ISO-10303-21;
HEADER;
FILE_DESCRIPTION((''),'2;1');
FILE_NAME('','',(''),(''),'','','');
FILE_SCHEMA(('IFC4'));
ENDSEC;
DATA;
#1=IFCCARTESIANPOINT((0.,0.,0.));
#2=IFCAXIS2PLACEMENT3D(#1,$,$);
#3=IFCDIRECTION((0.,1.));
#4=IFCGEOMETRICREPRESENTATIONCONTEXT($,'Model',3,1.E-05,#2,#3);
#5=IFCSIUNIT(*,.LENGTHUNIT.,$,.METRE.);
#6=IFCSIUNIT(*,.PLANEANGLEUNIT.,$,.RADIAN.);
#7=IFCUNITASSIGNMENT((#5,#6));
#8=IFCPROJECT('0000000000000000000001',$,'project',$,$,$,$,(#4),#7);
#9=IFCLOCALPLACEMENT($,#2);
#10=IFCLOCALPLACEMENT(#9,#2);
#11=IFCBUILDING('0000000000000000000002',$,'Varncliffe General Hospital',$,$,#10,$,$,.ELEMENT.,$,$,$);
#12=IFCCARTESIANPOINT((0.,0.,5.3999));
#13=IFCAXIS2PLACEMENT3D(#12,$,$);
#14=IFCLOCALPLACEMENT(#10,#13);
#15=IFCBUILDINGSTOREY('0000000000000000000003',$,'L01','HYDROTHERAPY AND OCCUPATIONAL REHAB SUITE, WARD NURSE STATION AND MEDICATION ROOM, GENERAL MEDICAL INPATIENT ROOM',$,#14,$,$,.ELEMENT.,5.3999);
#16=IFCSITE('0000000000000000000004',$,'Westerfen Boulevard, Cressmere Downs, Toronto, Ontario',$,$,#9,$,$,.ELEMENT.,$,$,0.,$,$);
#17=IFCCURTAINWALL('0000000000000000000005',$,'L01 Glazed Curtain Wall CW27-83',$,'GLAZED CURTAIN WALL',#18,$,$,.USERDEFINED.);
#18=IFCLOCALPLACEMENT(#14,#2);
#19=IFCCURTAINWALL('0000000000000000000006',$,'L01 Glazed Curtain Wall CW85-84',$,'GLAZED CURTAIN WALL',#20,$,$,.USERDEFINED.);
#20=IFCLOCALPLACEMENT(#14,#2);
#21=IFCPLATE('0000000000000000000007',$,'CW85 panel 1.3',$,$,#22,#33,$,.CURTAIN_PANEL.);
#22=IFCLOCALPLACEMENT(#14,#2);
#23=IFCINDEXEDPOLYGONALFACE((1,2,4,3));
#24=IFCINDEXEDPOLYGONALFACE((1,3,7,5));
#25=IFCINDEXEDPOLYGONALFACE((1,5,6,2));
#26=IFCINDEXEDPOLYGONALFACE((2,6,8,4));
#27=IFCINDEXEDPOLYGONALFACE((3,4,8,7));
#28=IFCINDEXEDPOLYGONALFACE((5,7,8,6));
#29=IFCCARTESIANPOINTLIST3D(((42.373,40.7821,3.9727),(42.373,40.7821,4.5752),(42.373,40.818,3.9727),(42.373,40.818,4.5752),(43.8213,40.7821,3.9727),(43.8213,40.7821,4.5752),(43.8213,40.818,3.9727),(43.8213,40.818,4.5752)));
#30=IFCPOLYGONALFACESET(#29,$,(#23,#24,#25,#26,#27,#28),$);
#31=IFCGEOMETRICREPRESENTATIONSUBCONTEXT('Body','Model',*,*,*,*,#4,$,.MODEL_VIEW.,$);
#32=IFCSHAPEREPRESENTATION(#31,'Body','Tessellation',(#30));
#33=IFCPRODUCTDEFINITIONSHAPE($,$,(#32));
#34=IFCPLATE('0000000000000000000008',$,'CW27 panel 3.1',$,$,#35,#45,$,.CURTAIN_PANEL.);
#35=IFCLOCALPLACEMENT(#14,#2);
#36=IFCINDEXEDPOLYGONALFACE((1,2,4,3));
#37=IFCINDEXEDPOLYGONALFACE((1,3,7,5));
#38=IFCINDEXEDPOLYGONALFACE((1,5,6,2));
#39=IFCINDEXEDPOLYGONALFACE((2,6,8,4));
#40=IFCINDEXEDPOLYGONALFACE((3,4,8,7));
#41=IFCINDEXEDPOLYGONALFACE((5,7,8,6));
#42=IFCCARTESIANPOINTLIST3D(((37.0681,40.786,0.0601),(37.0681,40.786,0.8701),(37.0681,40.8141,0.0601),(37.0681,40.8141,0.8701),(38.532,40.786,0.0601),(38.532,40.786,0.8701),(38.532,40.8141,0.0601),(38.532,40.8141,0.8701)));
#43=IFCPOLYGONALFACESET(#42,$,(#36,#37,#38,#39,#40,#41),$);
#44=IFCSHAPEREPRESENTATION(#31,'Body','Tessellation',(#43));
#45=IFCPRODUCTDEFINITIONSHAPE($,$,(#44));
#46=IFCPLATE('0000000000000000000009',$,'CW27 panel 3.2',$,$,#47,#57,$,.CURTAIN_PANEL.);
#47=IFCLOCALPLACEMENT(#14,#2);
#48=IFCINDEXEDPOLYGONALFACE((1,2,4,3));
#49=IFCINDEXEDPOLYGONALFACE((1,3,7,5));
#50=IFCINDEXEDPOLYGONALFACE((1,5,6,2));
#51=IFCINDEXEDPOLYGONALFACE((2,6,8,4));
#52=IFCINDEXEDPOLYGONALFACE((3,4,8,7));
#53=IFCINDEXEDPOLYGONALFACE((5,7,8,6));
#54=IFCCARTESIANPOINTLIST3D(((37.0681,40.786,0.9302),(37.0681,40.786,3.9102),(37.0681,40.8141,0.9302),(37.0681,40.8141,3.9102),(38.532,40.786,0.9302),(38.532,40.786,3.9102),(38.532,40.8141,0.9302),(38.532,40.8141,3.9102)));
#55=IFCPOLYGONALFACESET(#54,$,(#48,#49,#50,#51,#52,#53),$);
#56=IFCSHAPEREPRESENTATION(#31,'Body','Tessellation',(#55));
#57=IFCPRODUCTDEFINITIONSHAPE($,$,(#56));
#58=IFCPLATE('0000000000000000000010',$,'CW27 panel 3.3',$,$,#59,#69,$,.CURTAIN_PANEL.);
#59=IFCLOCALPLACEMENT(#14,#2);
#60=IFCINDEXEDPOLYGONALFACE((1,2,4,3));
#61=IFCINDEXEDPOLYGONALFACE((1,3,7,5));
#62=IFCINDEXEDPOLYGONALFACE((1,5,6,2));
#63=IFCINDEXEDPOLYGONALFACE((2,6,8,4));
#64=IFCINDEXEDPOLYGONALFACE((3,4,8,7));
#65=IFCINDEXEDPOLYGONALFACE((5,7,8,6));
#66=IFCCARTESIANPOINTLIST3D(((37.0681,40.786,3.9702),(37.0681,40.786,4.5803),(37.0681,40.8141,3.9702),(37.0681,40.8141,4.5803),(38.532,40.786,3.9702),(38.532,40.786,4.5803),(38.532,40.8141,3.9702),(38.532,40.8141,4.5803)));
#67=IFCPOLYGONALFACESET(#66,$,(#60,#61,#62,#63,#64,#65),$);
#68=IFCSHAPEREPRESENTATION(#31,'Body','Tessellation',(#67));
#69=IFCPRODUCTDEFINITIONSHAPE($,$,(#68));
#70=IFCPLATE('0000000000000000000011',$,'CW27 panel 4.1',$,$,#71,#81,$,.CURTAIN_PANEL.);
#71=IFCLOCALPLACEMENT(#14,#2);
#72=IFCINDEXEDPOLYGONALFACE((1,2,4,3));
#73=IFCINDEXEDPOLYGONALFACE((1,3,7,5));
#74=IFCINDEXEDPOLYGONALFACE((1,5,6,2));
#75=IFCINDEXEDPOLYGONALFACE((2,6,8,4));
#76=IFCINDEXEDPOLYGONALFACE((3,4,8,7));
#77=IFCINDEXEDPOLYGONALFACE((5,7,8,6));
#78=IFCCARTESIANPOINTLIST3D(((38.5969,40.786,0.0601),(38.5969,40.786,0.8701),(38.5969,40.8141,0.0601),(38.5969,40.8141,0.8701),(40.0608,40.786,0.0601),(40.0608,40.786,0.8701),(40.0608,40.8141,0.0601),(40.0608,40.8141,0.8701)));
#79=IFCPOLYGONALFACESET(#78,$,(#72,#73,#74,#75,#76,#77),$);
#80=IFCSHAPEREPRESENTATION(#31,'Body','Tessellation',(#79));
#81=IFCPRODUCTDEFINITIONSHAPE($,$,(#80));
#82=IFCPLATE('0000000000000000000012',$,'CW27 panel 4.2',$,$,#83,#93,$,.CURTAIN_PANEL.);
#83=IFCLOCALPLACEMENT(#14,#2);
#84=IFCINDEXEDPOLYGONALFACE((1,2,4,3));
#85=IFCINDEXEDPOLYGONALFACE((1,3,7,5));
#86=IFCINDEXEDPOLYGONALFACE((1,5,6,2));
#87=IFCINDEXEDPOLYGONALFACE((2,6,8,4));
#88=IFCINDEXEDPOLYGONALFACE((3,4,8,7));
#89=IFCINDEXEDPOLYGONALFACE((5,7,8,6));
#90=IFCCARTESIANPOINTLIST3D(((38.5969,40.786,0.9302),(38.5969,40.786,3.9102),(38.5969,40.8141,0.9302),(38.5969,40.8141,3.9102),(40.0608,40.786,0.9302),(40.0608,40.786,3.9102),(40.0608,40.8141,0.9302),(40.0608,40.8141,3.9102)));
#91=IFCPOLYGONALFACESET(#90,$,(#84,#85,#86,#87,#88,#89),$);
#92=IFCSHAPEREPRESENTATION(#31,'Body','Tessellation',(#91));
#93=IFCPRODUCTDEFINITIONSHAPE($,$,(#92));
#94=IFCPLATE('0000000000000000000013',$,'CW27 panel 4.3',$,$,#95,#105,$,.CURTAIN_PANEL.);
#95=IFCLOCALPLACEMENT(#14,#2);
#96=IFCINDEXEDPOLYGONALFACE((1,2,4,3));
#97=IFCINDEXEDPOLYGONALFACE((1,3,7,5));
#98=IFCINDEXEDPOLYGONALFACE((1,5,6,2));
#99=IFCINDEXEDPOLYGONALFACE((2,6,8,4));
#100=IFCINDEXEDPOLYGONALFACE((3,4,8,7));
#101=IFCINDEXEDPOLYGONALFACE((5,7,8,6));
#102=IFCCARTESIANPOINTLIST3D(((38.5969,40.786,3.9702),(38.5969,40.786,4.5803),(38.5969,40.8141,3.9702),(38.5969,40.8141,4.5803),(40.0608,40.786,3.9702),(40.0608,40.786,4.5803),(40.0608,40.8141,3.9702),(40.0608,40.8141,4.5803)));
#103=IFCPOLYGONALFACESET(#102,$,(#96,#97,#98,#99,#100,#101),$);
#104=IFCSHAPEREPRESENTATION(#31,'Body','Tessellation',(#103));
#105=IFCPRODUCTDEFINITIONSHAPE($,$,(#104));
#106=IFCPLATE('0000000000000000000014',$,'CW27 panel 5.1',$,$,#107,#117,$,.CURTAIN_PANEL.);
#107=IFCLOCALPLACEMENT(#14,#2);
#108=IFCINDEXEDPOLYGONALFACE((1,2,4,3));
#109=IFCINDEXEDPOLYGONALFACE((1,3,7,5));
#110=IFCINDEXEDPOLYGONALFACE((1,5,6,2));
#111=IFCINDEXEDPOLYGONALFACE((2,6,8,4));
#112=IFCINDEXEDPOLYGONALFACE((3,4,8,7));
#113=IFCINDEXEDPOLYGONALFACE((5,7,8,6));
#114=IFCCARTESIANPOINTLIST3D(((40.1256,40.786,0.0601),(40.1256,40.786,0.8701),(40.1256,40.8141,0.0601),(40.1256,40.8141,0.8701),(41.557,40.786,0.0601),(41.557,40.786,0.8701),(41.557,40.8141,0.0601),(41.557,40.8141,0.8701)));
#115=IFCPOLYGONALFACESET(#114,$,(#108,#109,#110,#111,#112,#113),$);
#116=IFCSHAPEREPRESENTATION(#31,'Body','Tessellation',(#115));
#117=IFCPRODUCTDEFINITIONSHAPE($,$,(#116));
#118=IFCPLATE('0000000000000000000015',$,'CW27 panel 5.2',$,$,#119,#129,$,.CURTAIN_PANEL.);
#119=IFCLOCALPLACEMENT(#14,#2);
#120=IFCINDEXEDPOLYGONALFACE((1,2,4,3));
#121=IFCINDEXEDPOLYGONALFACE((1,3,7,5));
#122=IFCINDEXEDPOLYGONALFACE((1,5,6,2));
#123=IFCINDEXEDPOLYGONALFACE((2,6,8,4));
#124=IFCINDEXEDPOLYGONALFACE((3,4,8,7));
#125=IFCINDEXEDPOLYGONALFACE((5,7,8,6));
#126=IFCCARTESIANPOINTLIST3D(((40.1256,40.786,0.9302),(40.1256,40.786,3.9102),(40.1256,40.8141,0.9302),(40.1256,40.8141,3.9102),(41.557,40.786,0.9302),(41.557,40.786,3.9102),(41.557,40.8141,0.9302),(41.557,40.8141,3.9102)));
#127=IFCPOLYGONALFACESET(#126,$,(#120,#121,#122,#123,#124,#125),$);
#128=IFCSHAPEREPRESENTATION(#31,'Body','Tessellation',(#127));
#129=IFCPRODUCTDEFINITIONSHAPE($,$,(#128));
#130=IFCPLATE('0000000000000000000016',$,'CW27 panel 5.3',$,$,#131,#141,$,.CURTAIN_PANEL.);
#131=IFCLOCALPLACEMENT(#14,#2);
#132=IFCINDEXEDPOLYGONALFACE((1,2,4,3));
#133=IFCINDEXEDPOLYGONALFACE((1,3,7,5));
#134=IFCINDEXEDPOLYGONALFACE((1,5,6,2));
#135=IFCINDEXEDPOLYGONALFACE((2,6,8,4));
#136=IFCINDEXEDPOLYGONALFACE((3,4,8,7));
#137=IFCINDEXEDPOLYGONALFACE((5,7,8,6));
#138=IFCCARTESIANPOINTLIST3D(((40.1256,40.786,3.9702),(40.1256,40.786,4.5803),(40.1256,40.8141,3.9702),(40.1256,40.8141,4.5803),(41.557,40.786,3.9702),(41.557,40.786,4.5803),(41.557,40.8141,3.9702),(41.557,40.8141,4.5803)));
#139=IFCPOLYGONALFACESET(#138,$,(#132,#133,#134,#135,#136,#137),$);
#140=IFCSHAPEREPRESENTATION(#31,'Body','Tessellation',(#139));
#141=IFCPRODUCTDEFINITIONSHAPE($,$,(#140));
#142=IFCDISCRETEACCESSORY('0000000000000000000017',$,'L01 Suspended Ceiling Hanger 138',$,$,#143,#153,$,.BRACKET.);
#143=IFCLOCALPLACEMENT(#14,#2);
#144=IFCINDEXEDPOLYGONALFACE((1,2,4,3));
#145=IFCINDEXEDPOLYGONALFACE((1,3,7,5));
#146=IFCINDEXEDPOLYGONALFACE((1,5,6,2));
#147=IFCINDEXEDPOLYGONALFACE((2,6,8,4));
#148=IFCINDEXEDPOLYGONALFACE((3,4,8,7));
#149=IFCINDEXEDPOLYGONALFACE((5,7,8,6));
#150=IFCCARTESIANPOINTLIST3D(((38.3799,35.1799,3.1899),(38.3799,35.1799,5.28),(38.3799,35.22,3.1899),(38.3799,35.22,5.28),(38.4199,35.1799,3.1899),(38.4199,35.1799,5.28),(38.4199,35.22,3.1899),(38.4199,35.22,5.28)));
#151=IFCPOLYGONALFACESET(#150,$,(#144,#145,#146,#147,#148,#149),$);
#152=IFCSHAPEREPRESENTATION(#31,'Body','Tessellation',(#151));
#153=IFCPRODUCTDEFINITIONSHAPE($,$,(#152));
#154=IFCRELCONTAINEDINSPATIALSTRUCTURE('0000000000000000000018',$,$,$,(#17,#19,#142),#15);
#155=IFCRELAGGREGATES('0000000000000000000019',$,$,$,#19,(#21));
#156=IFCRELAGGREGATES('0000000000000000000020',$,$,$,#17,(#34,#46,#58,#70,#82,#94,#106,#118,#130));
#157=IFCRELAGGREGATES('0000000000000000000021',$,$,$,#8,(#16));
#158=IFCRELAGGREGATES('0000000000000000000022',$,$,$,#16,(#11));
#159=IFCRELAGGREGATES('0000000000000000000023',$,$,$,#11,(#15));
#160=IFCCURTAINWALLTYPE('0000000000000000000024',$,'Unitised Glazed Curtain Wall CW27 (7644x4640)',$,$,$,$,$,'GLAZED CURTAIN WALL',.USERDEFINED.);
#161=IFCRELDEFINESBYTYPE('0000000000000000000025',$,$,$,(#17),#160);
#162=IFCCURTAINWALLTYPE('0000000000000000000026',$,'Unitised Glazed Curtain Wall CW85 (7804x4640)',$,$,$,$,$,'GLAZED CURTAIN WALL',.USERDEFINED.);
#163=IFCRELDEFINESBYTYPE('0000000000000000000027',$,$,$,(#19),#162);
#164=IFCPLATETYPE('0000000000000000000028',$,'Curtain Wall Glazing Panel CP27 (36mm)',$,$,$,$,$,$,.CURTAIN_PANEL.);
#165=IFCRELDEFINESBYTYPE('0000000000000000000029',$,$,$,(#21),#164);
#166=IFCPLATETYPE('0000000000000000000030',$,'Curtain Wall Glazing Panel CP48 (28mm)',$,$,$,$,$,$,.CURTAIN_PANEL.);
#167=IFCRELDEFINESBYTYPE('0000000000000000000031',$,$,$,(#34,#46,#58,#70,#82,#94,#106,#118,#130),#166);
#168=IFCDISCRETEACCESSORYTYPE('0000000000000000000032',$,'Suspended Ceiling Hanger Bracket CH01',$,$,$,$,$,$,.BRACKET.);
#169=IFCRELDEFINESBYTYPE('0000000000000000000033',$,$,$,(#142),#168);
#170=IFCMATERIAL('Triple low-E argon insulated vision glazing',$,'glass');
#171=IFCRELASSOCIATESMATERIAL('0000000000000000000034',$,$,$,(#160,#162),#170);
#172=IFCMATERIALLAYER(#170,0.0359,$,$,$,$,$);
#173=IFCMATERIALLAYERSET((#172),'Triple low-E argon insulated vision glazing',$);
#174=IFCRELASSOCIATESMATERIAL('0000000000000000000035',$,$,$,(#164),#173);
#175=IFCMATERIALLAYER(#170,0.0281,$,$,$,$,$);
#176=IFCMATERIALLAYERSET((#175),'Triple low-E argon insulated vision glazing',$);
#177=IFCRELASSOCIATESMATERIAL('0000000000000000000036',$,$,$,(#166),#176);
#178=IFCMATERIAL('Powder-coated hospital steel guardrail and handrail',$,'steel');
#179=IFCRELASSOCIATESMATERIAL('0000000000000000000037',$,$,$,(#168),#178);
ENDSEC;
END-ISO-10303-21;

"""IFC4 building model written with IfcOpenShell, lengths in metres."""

from ifc_helpers import new_model, si_unit, direction, frame, origin, origin_2d, place, context, subcontext, project, spatial, rectangle, extrude, material, layer, layer_set, type_object, element, aggregate, save


model = new_model("IFC4")

# Units and contexts
model_context = context("Model", 3, precision=1e-05, world=origin(), true_north=direction((0.0, 1.0)))
body_context = subcontext(model_context, "Body", "Model", "MODEL_VIEW")
ifc_project = project(units=[si_unit("LENGTHUNIT", "METRE"), si_unit("PLANEANGLEUNIT", "RADIAN")], contexts=[model_context])

# Site, building, storey
site_placement = place(None, origin())
site = spatial("IfcSite", under=ifc_project, at=site_placement, Name="Westerfen Boulevard, Cressmere Downs, Toronto, Ontario", CompositionType="ELEMENT", RefElevation=0.0)
building_placement = place(site_placement, origin())
building = spatial("IfcBuilding", under=site, at=building_placement, Name="Varncliffe General Hospital", CompositionType="ELEMENT")
storey_placement = place(building_placement, frame((0.0, 0.0, 5.3999)))
storey = spatial("IfcBuildingStorey", under=building, at=storey_placement, Name="L01", Description="HYDROTHERAPY AND OCCUPATIONAL REHAB SUITE, WARD NURSE STATION AND MEDICATION ROOM, GENERAL MEDICAL INPATIENT ROOM", CompositionType="ELEMENT", Elevation=5.3999)

# Curtain walls
ifc_material_1 = material(Name="Triple low-E argon insulated vision glazing", Category="glass")
curtain_wall_type_1 = type_object("IfcCurtainWallType", Name="Unitised Glazed Curtain Wall CW27 (7644x4640)", ElementType="GLAZED CURTAIN WALL", PredefinedType="USERDEFINED", material=ifc_material_1)
curtain_wall_1_placement = place(storey_placement, origin())
curtain_wall_1 = element("IfcCurtainWall", 1, at=curtain_wall_1_placement, inside=storey, type_object=curtain_wall_type_1, Name="L01 Glazed Curtain Wall CW27-83", ObjectType="GLAZED CURTAIN WALL", PredefinedType="USERDEFINED")
curtain_wall_type_2 = type_object("IfcCurtainWallType", Name="Unitised Glazed Curtain Wall CW85 (7804x4640)", ElementType="GLAZED CURTAIN WALL", PredefinedType="USERDEFINED", material=ifc_material_1)
curtain_wall_2_placement = place(storey_placement, origin())
curtain_wall_2 = element("IfcCurtainWall", 2, at=curtain_wall_2_placement, inside=storey, type_object=curtain_wall_type_2, Name="L01 Glazed Curtain Wall CW85-84", ObjectType="GLAZED CURTAIN WALL", PredefinedType="USERDEFINED")

# Plates
ifc_layer_1 = layer(ifc_material_1, 0.0359)
ifc_layer_set_1 = layer_set([ifc_layer_1], Name="Triple low-E argon insulated vision glazing")
plate_type_1 = type_object("IfcPlateType", Name="Curtain Wall Glazing Panel CP27 (36mm)", PredefinedType="CURTAIN_PANEL", material=ifc_layer_set_1)
plate_1_placement = place(storey_placement, frame((43.0972, 40.8, 3.9727), z_axis=(0.0, 0.0, 1.0), x_axis=(1.0, 0.0, 0.0)))
plate_1 = element("IfcPlate", 3, at=plate_1_placement, type_object=plate_type_1, Name="CW85 panel 1.3", PredefinedType="CURTAIN_PANEL", context=body_context, shape_type="SweptSolid", body=[
    extrude(rectangle(XDim=1.4482, YDim=0.0359, at=origin_2d()), origin(), (0.0, 0.0, 1.0), 0.6025),
])
aggregate(curtain_wall_2, [plate_1])
ifc_layer_2 = layer(ifc_material_1, 0.0281)
ifc_layer_set_2 = layer_set([ifc_layer_2], Name="Triple low-E argon insulated vision glazing")
plate_type_2 = type_object("IfcPlateType", Name="Curtain Wall Glazing Panel CP48 (28mm)", PredefinedType="CURTAIN_PANEL", material=ifc_layer_set_2)
plate_2_placement = place(storey_placement, frame((37.8, 40.8, 0.0601), z_axis=(0.0, 0.0, 1.0), x_axis=(1.0, 0.0, 0.0)))
plate_2 = element("IfcPlate", 4, at=plate_2_placement, type_object=plate_type_2, Name="CW27 panel 3.1", PredefinedType="CURTAIN_PANEL", context=body_context, shape_type="SweptSolid", body=[
    extrude(rectangle(XDim=1.4639, YDim=0.0281, at=origin_2d()), origin(), (0.0, 0.0, 1.0), 0.8101),
])
plate_3_placement = place(storey_placement, frame((37.8, 40.8, 0.9302), z_axis=(0.0, 0.0, 1.0), x_axis=(1.0, 0.0, 0.0)))
plate_3 = element("IfcPlate", 5, at=plate_3_placement, type_object=plate_type_2, Name="CW27 panel 3.2", PredefinedType="CURTAIN_PANEL", context=body_context, shape_type="SweptSolid", body=[
    extrude(rectangle(XDim=1.4639, YDim=0.0281, at=origin_2d()), origin(), (0.0, 0.0, 1.0), 2.98),
])
plate_4_placement = place(storey_placement, frame((37.8, 40.8, 3.9702), z_axis=(0.0, 0.0, 1.0), x_axis=(1.0, 0.0, 0.0)))
plate_4 = element("IfcPlate", 6, at=plate_4_placement, type_object=plate_type_2, Name="CW27 panel 3.3", PredefinedType="CURTAIN_PANEL", context=body_context, shape_type="SweptSolid", body=[
    extrude(rectangle(XDim=1.4639, YDim=0.0281, at=origin_2d()), origin(), (0.0, 0.0, 1.0), 0.6101),
])
plate_5_placement = place(storey_placement, frame((39.3289, 40.8, 0.0601), z_axis=(0.0, 0.0, 1.0), x_axis=(1.0, 0.0, 0.0)))
plate_5 = element("IfcPlate", 7, at=plate_5_placement, type_object=plate_type_2, Name="CW27 panel 4.1", PredefinedType="CURTAIN_PANEL", context=body_context, shape_type="SweptSolid", body=[
    extrude(rectangle(XDim=1.4639, YDim=0.0281, at=origin_2d()), origin(), (0.0, 0.0, 1.0), 0.8101),
])
plate_6_placement = place(storey_placement, frame((39.3289, 40.8, 0.9302), z_axis=(0.0, 0.0, 1.0), x_axis=(1.0, 0.0, 0.0)))
plate_6 = element("IfcPlate", 8, at=plate_6_placement, type_object=plate_type_2, Name="CW27 panel 4.2", PredefinedType="CURTAIN_PANEL", context=body_context, shape_type="SweptSolid", body=[
    extrude(rectangle(XDim=1.4639, YDim=0.0281, at=origin_2d()), origin(), (0.0, 0.0, 1.0), 2.98),
])
plate_7_placement = place(storey_placement, frame((39.3289, 40.8, 3.9702), z_axis=(0.0, 0.0, 1.0), x_axis=(1.0, 0.0, 0.0)))
plate_7 = element("IfcPlate", 9, at=plate_7_placement, type_object=plate_type_2, Name="CW27 panel 4.3", PredefinedType="CURTAIN_PANEL", context=body_context, shape_type="SweptSolid", body=[
    extrude(rectangle(XDim=1.4639, YDim=0.0281, at=origin_2d()), origin(), (0.0, 0.0, 1.0), 0.6101),
])
plate_8_placement = place(storey_placement, frame((40.8413, 40.8, 0.0601), z_axis=(0.0, 0.0, 1.0), x_axis=(1.0, 0.0, 0.0)))
plate_8 = element("IfcPlate", 10, at=plate_8_placement, type_object=plate_type_2, Name="CW27 panel 5.1", PredefinedType="CURTAIN_PANEL", context=body_context, shape_type="SweptSolid", body=[
    extrude(rectangle(XDim=1.4314, YDim=0.0281, at=origin_2d()), origin(), (0.0, 0.0, 1.0), 0.8101),
])
plate_9_placement = place(storey_placement, frame((40.8413, 40.8, 0.9302), z_axis=(0.0, 0.0, 1.0), x_axis=(1.0, 0.0, 0.0)))
plate_9 = element("IfcPlate", 11, at=plate_9_placement, type_object=plate_type_2, Name="CW27 panel 5.2", PredefinedType="CURTAIN_PANEL", context=body_context, shape_type="SweptSolid", body=[
    extrude(rectangle(XDim=1.4314, YDim=0.0281, at=origin_2d()), origin(), (0.0, 0.0, 1.0), 2.98),
])
plate_10_placement = place(storey_placement, frame((40.8413, 40.8, 3.9702), z_axis=(0.0, 0.0, 1.0), x_axis=(1.0, 0.0, 0.0)))
plate_10 = element("IfcPlate", 12, at=plate_10_placement, type_object=plate_type_2, Name="CW27 panel 5.3", PredefinedType="CURTAIN_PANEL", context=body_context, shape_type="SweptSolid", body=[
    extrude(rectangle(XDim=1.4314, YDim=0.0281, at=origin_2d()), origin(), (0.0, 0.0, 1.0), 0.6101),
])
aggregate(curtain_wall_1, [plate_2, plate_3, plate_4, plate_5, plate_6, plate_7, plate_8, plate_9, plate_10])

# Discrete accessory
ifc_material_2 = material(Name="Powder-coated hospital steel guardrail and handrail", Category="steel")
discrete_accessory_type = type_object("IfcDiscreteAccessoryType", Name="Suspended Ceiling Hanger Bracket CH01", PredefinedType="BRACKET", material=ifc_material_2)
discrete_accessory_placement = place(storey_placement, frame((38.3999, 35.2, 3.1899), z_axis=(0.0, 0.0, 1.0), x_axis=(1.0, 0.0, 0.0)))
element("IfcDiscreteAccessory", 13, at=discrete_accessory_placement, inside=storey, type_object=discrete_accessory_type, Name="L01 Suspended Ceiling Hanger 138", PredefinedType="BRACKET", context=body_context, shape_type="SweptSolid", body=[
    extrude(rectangle(XDim=0.04, YDim=0.04, at=origin_2d()), origin(), (0.0, 0.0, 1.0), 2.0901),
])

save(model, "model.ifc")
